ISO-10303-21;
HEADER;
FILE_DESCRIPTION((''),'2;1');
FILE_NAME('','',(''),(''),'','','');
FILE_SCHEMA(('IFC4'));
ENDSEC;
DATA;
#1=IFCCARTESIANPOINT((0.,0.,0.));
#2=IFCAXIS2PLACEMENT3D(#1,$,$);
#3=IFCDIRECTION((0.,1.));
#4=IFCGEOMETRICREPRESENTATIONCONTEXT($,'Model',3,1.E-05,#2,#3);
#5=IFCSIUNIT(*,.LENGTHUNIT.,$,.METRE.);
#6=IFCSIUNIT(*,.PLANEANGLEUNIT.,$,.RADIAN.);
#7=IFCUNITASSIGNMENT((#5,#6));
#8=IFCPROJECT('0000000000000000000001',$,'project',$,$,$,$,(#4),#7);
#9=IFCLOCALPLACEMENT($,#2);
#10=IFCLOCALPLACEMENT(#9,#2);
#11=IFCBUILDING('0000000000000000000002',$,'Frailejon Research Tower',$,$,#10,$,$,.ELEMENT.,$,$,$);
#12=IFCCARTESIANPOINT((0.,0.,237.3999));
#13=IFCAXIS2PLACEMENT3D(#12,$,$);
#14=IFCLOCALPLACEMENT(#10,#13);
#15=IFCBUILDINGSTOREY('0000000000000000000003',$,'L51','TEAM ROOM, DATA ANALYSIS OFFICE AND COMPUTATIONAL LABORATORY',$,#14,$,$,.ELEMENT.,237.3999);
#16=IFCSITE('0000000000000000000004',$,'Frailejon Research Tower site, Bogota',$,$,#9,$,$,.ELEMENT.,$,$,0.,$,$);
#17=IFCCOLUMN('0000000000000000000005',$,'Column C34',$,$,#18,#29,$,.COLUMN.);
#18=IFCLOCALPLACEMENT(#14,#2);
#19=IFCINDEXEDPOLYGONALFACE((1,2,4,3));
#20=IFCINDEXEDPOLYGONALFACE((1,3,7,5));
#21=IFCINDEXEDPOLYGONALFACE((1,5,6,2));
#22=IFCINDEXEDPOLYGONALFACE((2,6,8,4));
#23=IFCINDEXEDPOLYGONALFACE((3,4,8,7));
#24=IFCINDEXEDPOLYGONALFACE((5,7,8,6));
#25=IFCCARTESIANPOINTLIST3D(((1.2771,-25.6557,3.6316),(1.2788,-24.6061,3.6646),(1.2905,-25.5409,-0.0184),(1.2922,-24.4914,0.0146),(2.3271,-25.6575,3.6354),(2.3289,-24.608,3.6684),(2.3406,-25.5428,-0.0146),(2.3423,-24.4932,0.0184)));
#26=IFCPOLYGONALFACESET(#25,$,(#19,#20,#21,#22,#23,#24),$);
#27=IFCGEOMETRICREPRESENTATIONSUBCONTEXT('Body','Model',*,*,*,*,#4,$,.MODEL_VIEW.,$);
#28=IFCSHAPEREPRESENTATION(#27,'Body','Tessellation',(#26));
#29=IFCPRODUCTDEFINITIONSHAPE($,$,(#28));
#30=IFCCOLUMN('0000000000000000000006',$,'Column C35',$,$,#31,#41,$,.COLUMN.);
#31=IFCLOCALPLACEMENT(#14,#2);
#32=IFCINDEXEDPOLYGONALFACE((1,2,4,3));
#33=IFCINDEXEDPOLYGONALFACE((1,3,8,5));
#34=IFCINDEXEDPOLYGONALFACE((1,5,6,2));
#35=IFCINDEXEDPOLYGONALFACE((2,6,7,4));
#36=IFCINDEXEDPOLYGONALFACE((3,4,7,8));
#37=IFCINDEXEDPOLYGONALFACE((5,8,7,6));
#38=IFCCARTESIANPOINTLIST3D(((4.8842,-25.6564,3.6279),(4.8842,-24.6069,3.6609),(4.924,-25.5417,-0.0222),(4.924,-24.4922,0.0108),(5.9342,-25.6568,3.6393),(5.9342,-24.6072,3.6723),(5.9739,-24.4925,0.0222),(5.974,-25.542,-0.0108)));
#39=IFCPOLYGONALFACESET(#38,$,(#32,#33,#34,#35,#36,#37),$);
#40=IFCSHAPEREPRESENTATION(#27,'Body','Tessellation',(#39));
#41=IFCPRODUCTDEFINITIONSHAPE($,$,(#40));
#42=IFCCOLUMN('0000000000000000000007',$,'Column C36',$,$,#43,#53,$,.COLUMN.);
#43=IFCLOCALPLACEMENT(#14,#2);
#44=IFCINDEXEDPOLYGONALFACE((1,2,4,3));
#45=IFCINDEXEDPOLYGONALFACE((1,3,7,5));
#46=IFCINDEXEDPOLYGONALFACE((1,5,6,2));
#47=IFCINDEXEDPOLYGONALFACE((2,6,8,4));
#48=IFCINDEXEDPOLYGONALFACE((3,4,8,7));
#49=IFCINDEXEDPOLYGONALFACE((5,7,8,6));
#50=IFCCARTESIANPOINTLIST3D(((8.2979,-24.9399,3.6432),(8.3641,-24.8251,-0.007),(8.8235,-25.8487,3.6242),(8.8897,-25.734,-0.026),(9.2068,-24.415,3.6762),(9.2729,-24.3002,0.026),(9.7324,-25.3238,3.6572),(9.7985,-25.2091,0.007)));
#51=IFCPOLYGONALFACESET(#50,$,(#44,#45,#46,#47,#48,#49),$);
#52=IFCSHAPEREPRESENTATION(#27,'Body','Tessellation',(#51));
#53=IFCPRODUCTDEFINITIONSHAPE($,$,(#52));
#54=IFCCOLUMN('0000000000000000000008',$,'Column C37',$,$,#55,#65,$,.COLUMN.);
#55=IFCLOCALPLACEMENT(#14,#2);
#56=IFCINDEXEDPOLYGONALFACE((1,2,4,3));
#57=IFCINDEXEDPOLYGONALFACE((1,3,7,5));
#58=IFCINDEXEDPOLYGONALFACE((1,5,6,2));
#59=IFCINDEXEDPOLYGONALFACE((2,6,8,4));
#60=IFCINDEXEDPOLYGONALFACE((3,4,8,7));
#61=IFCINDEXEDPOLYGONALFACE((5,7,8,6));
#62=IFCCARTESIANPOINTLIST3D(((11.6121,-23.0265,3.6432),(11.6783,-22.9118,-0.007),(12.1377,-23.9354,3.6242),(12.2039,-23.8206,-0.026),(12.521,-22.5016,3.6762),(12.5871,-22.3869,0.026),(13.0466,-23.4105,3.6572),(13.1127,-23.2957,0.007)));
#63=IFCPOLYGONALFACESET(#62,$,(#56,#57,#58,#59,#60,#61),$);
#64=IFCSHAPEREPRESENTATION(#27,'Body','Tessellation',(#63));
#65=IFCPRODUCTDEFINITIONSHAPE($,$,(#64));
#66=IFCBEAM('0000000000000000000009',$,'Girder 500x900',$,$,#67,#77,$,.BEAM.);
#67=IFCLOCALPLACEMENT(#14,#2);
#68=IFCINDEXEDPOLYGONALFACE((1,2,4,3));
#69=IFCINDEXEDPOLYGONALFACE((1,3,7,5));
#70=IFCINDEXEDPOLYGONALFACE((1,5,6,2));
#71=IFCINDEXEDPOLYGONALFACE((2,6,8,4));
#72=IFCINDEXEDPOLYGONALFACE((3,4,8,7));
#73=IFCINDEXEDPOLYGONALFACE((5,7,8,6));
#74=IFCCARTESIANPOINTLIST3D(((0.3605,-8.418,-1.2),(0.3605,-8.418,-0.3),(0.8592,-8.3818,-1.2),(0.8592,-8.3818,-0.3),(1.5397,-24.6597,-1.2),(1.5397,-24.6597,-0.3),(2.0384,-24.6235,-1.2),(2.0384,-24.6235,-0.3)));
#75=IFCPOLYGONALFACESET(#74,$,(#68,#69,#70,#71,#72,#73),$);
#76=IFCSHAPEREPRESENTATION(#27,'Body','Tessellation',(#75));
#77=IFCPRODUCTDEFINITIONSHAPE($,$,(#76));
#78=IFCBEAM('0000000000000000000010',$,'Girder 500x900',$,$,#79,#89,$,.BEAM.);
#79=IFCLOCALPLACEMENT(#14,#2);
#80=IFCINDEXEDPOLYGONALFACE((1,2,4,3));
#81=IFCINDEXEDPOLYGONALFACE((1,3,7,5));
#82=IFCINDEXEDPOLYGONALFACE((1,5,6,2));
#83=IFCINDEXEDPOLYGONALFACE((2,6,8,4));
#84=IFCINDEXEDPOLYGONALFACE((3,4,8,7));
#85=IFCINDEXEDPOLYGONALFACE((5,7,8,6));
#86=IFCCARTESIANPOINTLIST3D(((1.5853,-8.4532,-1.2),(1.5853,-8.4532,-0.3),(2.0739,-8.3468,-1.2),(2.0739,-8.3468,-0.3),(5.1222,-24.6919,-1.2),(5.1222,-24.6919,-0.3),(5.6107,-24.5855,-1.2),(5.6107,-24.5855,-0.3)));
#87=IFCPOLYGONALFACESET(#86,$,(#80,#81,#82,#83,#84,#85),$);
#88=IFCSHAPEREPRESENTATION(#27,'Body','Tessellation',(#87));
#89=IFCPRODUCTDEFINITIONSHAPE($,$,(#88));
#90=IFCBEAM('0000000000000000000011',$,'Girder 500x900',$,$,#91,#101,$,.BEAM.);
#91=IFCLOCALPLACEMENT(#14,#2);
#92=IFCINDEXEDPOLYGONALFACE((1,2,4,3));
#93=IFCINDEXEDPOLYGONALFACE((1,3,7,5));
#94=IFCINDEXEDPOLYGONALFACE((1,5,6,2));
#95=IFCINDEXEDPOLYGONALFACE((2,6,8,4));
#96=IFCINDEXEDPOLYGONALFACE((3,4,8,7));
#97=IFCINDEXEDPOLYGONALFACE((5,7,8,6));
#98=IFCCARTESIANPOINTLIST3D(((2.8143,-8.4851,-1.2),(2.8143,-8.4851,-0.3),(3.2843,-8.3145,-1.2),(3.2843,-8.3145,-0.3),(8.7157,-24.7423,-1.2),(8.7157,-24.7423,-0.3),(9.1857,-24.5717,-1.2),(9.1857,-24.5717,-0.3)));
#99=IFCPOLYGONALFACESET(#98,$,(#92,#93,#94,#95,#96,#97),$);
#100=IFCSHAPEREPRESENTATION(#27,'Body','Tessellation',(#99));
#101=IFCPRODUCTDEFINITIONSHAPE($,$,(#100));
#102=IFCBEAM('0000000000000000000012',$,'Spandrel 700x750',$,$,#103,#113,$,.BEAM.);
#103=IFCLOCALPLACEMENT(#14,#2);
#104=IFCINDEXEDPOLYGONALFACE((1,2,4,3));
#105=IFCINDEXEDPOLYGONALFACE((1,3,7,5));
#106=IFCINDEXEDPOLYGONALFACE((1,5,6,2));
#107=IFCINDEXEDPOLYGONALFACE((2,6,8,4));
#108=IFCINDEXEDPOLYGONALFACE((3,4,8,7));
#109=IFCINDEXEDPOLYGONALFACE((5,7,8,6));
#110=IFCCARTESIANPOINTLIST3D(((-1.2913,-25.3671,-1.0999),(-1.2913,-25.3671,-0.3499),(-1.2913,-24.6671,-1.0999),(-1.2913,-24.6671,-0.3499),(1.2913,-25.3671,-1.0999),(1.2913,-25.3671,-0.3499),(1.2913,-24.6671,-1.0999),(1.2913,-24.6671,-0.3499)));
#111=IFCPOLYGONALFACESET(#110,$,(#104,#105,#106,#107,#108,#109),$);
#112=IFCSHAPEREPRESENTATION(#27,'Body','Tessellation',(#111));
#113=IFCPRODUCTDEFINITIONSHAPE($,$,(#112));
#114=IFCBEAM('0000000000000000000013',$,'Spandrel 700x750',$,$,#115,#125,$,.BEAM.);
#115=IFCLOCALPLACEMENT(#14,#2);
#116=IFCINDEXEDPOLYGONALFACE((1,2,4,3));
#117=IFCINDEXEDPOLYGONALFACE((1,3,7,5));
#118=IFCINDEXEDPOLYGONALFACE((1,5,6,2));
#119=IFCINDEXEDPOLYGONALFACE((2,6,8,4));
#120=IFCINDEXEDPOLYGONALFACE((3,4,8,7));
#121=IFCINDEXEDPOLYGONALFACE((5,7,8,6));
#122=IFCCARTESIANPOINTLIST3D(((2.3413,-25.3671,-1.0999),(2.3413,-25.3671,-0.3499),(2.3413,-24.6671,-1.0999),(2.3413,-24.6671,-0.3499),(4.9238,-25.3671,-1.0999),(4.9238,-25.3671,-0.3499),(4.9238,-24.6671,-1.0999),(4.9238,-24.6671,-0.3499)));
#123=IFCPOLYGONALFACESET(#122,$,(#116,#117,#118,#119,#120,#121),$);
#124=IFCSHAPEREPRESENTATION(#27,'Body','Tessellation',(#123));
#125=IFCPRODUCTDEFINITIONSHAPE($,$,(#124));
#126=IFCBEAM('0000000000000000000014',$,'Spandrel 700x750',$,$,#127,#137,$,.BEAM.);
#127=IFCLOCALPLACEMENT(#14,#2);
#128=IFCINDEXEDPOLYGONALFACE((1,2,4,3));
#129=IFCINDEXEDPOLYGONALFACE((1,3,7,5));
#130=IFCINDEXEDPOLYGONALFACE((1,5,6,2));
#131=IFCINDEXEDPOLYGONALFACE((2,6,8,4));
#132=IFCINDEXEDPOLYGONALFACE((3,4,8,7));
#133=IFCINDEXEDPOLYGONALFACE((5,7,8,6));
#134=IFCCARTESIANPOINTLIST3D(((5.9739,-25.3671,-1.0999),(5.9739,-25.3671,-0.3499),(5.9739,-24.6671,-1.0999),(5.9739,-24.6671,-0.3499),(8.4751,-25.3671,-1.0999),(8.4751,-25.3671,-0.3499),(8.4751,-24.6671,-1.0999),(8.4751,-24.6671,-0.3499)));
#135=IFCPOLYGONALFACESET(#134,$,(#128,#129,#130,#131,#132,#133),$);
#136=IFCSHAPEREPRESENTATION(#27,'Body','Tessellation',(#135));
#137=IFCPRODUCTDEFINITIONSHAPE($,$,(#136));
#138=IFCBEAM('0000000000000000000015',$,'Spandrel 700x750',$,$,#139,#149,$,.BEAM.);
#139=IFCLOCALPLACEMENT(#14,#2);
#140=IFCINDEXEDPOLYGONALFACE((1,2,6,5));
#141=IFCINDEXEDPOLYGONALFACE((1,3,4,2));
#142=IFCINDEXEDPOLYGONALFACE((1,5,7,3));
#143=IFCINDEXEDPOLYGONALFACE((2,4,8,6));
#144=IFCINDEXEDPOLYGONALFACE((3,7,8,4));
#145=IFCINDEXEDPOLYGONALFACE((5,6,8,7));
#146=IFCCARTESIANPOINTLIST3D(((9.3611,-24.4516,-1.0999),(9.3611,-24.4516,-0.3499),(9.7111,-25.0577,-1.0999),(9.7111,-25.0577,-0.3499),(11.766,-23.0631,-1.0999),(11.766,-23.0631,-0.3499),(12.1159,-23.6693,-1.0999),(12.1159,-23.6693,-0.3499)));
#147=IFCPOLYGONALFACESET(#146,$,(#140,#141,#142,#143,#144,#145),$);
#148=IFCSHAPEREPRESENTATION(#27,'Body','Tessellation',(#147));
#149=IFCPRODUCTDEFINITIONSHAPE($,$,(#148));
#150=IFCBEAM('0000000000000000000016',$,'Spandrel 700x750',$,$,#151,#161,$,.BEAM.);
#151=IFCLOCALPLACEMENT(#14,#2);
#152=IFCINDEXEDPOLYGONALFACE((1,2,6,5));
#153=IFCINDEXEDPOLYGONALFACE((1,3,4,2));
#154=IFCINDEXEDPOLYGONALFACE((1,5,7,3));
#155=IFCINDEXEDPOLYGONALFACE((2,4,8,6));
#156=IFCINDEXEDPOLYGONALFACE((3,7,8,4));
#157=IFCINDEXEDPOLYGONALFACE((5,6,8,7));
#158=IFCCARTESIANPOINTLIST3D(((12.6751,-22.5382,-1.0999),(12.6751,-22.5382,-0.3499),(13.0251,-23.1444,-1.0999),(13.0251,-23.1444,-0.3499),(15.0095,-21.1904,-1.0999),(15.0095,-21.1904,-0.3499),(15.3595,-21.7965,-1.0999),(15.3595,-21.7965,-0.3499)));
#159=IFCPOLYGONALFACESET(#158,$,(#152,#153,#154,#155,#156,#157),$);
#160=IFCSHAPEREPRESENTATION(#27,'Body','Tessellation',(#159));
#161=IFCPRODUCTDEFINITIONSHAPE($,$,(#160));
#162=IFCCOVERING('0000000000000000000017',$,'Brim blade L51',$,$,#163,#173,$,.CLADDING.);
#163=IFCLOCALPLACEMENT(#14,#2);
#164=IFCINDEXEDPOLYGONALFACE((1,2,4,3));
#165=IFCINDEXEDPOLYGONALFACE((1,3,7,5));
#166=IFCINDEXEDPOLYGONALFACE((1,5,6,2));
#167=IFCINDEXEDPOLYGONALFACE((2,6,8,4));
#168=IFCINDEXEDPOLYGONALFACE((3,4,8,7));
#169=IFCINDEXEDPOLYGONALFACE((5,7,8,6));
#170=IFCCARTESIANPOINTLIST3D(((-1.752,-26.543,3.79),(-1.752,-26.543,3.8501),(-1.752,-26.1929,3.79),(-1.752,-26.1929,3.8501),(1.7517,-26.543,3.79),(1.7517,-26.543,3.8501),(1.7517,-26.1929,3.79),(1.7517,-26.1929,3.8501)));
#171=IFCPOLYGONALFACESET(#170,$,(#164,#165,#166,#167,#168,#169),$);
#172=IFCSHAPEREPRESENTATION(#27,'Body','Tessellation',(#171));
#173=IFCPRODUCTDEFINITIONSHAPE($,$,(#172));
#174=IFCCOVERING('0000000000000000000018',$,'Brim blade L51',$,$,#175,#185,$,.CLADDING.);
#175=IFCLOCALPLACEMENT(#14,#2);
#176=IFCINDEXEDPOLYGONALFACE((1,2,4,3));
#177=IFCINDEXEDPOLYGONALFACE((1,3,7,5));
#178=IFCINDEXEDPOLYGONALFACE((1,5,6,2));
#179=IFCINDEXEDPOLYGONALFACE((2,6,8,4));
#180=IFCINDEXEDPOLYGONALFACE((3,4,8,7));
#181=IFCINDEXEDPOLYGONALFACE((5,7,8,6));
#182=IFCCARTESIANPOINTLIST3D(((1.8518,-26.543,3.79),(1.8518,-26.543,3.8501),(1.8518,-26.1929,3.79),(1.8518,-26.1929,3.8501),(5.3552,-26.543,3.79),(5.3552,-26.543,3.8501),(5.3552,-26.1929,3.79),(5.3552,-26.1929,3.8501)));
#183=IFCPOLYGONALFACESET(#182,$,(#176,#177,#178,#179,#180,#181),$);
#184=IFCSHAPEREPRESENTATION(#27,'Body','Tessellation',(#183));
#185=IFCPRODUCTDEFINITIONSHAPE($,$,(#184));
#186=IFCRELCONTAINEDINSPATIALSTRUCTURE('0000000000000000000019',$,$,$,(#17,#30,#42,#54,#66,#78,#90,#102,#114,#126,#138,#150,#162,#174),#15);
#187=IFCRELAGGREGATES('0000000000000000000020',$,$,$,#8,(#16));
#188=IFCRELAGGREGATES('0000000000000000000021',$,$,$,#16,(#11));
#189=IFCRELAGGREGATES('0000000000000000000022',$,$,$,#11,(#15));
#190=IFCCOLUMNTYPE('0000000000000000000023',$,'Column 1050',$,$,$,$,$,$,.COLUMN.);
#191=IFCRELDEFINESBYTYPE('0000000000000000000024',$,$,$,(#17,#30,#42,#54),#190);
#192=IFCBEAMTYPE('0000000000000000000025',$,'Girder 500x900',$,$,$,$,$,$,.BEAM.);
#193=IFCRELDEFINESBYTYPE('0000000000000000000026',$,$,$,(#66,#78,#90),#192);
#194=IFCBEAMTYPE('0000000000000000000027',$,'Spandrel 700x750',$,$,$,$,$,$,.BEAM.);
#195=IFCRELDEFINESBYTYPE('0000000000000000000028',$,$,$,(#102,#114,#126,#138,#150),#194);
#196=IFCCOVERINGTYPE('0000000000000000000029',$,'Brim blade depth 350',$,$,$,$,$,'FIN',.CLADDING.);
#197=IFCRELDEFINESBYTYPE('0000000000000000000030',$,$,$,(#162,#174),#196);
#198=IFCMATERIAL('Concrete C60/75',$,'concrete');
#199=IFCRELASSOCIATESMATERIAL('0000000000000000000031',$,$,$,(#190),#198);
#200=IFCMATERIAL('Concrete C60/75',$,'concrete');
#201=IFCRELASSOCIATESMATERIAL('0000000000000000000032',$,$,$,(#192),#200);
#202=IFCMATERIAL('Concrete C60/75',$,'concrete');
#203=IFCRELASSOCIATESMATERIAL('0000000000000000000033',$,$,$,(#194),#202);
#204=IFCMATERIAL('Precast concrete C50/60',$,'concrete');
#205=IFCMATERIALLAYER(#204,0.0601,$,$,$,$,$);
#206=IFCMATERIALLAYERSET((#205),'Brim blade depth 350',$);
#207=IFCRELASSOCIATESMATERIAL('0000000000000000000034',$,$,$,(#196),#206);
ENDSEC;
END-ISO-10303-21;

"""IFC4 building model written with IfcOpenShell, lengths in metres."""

from ifc_helpers import new_model, si_unit, direction, frame, origin, origin_2d, place, context, subcontext, project, spatial, polyline, rectangle, outline, extrude, material, layer, layer_set, material_profile, profile_set, type_object, element, save


model = new_model("IFC4")

# Units and contexts
model_context = context("Model", 3, precision=1e-05, world=origin(), true_north=direction((0.0, 1.0)))
body_context = subcontext(model_context, "Body", "Model", "MODEL_VIEW")
ifc_project = project(units=[si_unit("LENGTHUNIT", "METRE"), si_unit("PLANEANGLEUNIT", "RADIAN")], contexts=[model_context])

# Site, building, storey
site_placement = place(None, origin())
site = spatial("IfcSite", under=ifc_project, at=site_placement, Name="Frailejon Research Tower site, Bogota", CompositionType="ELEMENT", RefElevation=0.0)
building_placement = place(site_placement, origin())
building = spatial("IfcBuilding", under=site, at=building_placement, Name="Frailejon Research Tower", CompositionType="ELEMENT")
storey_placement = place(building_placement, frame((0.0, 0.0, 237.3999)))
storey = spatial("IfcBuildingStorey", under=building, at=storey_placement, Name="L51", Description="TEAM ROOM, DATA ANALYSIS OFFICE AND COMPUTATIONAL LABORATORY", CompositionType="ELEMENT", Elevation=237.3999)

# Columns
ifc_material_1 = material(Name="Concrete C60/75", Category="concrete")
ifc_material_profile_1 = material_profile(ifc_material_1, rectangle(XDim=1.05, YDim=1.05, at=origin_2d()), Name="Column 1050")
ifc_profile_set_1 = profile_set([ifc_material_profile_1], Name="Concrete C60/75")
column_type = type_object("IfcColumnType", Name="Column 1050", PredefinedType="COLUMN", material=ifc_profile_set_1)
column_1_placement = place(storey_placement, frame((1.8164, -25.0171, 0.0), z_axis=(-0.003677, -0.03142, 0.999499), x_axis=(0.999992, -0.001758, 0.003623)))
element("IfcColumn", 1, at=column_1_placement, inside=storey, type_object=column_type, Name="Column C34", PredefinedType="COLUMN", context=body_context, shape_type="SweptSolid", body=[
    extrude(rectangle(XDim=1.05, YDim=1.05, at=origin_2d()), origin(), (0.0, 0.0, 1.0), 3.6519),
])
column_2_placement = place(storey_placement, frame((5.449, -25.0171, 0.0), z_axis=(-0.010896, -0.031419, 0.999447), x_axis=(0.999941, -0.000298, 0.010892)))
element("IfcColumn", 2, at=column_2_placement, inside=storey, type_object=column_type, Name="Column C35", PredefinedType="COLUMN", context=body_context, shape_type="SweptSolid", body=[
    extrude(rectangle(XDim=1.05, YDim=1.05, at=origin_2d()), origin(), (0.0, 0.0, 1.0), 3.6521),
])
for number, where, z_axis, x_axis, name in (
    (3, (9.0813, -25.0171, 0.0), (-0.018114, -0.031415, 0.999342), (0.86552, 0.499889, 0.031403), "Column C36"),
    (4, (12.3955, -23.1038, 0.0), (-0.018114, -0.031415, 0.999342), (0.86552, 0.499889, 0.031403), "Column C37"),
):
    element("IfcColumn", number, at=place(storey_placement, frame(where, z_axis=z_axis, x_axis=x_axis)), inside=storey, type_object=column_type, Name=name, PredefinedType="COLUMN", context=body_context, shape_type="SweptSolid", body=[
        extrude(rectangle(XDim=1.05, YDim=1.05, at=origin_2d()), origin(), (0.0, 0.0, 1.0), 3.6526),
    ])

# Beams
ifc_material_2 = material(Name="Concrete C60/75", Category="concrete")
ifc_material_profile_2 = material_profile(ifc_material_2, rectangle(XDim=0.5, YDim=0.8999, at=origin_2d()), Name="Girder 500x900")
ifc_profile_set_2 = profile_set([ifc_material_profile_2], Name="Concrete C60/75")
beam_type_1 = type_object("IfcBeamType", Name="Girder 500x900", PredefinedType="BEAM", material=ifc_profile_set_2)
beam_1_placement = place(storey_placement, frame((1.7891, -24.6416, -0.75), z_axis=(-0.072413, 0.997375, 0.0), x_axis=(-0.997375, -0.072413, 0.0)))
element("IfcBeam", 5, at=beam_1_placement, inside=storey, type_object=beam_type_1, Name="Girder 500x900", PredefinedType="BEAM", context=body_context, shape_type="SweptSolid", body=[
    extrude(rectangle(XDim=0.5, YDim=0.8999, at=origin_2d()), origin(), (0.0, 0.0, 1.0), 16.2844),
])
beam_2_placement = place(storey_placement, frame((5.3665, -24.6387, -0.75), z_axis=(-0.212814, 0.977093, 0.0), x_axis=(-0.977093, -0.212814, 0.0)))
element("IfcBeam", 6, at=beam_2_placement, inside=storey, type_object=beam_type_1, Name="Girder 500x900", PredefinedType="BEAM", context=body_context, shape_type="SweptSolid", body=[
    extrude(rectangle(XDim=0.5, YDim=0.8999, at=origin_2d()), origin(), (0.0, 0.0, 1.0), 16.6194),
])
beam_3_placement = place(storey_placement, frame((8.9507, -24.657, -0.75), z_axis=(-0.341217, 0.939985, 0.0), x_axis=(-0.939985, -0.341217, 0.0)))
element("IfcBeam", 7, at=beam_3_placement, inside=storey, type_object=beam_type_1, Name="Girder 500x900", PredefinedType="BEAM", context=body_context, shape_type="SweptSolid", body=[
    extrude(rectangle(XDim=0.5, YDim=0.8999, at=origin_2d()), origin(), (0.0, 0.0, 1.0), 17.2952),
])
ifc_material_3 = material(Name="Concrete C60/75", Category="concrete")
ifc_material_profile_3 = material_profile(ifc_material_3, rectangle(XDim=0.7, YDim=0.75, at=origin_2d()), Name="Spandrel 700x750")
ifc_profile_set_3 = profile_set([ifc_material_profile_3], Name="Concrete C60/75")
beam_type_2 = type_object("IfcBeamType", Name="Spandrel 700x750", PredefinedType="BEAM", material=ifc_profile_set_3)
for number, where, z_axis, x_axis, name in (
    (8, (-1.2913, -25.0171, -0.7249), (1.0, 0.0, 0.0), (0.0, 1.0, 0.0), "Spandrel 700x750"),
    (9, (2.3413, -25.0171, -0.7249), (1.0, 0.0, 0.0), (0.0, 1.0, 0.0), "Spandrel 700x750"),
):
    element("IfcBeam", number, at=place(storey_placement, frame(where, z_axis=z_axis, x_axis=x_axis)), inside=storey, type_object=beam_type_2, Name=name, PredefinedType="BEAM", context=body_context, shape_type="SweptSolid", body=[
        extrude(rectangle(XDim=0.7, YDim=0.75, at=origin_2d()), origin(), (0.0, 0.0, 1.0), 2.5825),
    ])
beam_4_placement = place(storey_placement, frame((5.9739, -25.0171, -0.7249), z_axis=(1.0, 0.0, 0.0), x_axis=(0.0, 1.0, 0.0)))
element("IfcBeam", 10, at=beam_4_placement, inside=storey, type_object=beam_type_2, Name="Spandrel 700x750", PredefinedType="BEAM", context=body_context, shape_type="SweptSolid", body=[
    extrude(rectangle(XDim=0.7, YDim=0.75, at=origin_2d()), origin(), (0.0, 0.0, 1.0), 2.5012),
])
beam_5_placement = place(storey_placement, frame((9.5361, -24.7546, -0.7249), z_axis=(0.866022, 0.500007, 0.0), x_axis=(-0.500007, 0.866022, 0.0)))
element("IfcBeam", 11, at=beam_5_placement, inside=storey, type_object=beam_type_2, Name="Spandrel 700x750", PredefinedType="BEAM", context=body_context, shape_type="SweptSolid", body=[
    extrude(rectangle(XDim=0.7, YDim=0.75, at=origin_2d()), origin(), (0.0, 0.0, 1.0), 2.7769),
])
beam_6_placement = place(storey_placement, frame((12.8501, -22.8413, -0.7249), z_axis=(0.866011, 0.500026, 0.0), x_axis=(-0.500026, 0.866011, 0.0)))
element("IfcBeam", 12, at=beam_6_placement, inside=storey, type_object=beam_type_2, Name="Spandrel 700x750", PredefinedType="BEAM", context=body_context, shape_type="SweptSolid", body=[
    extrude(rectangle(XDim=0.7, YDim=0.75, at=origin_2d()), origin(), (0.0, 0.0, 1.0), 2.6956),
])

# Coverings
ifc_material_4 = material(Name="Precast concrete C50/60", Category="concrete")
ifc_layer_1 = layer(ifc_material_4, 0.0601)
ifc_layer_set_1 = layer_set([ifc_layer_1], Name="Brim blade depth 350")
covering_type_1 = type_object("IfcCoveringType", Name="Brim blade depth 350", ElementType="FIN", PredefinedType="CLADDING", material=ifc_layer_set_1)
covering_1_placement = place(storey_placement, frame((1.7517, -26.1929, 3.8501), z_axis=(-1.0, 0.0, 0.0), x_axis=(0.0, -1.0, 0.0)))
element("IfcCovering", 13, at=covering_1_placement, inside=storey, type_object=covering_type_1, Name="Brim blade L51", PredefinedType="CLADDING", context=body_context, shape_type="SweptSolid", body=[
    extrude(outline(polyline([(0.0, -0.0601), (0.3501, -0.0601), (0.3501, 0.0), (0.0, 0.0), (0.0, -0.0601)])), origin(), (0.0, 0.0, 1.0), 3.5037),
])
covering_2_placement = place(storey_placement, frame((5.3552, -26.1929, 3.8501), z_axis=(-1.0, 0.0, 0.0), x_axis=(0.0, -1.0, 0.0)))
element("IfcCovering", 14, at=covering_2_placement, inside=storey, type_object=covering_type_1, Name="Brim blade L51", PredefinedType="CLADDING", context=body_context, shape_type="SweptSolid", body=[
    extrude(outline(polyline([(0.0, -0.0601), (0.3501, -0.0601), (0.3501, 0.0), (0.0, 0.0), (0.0, -0.0601)])), origin(), (0.0, 0.0, 1.0), 3.5034),
])

save(model, "model.ifc")
